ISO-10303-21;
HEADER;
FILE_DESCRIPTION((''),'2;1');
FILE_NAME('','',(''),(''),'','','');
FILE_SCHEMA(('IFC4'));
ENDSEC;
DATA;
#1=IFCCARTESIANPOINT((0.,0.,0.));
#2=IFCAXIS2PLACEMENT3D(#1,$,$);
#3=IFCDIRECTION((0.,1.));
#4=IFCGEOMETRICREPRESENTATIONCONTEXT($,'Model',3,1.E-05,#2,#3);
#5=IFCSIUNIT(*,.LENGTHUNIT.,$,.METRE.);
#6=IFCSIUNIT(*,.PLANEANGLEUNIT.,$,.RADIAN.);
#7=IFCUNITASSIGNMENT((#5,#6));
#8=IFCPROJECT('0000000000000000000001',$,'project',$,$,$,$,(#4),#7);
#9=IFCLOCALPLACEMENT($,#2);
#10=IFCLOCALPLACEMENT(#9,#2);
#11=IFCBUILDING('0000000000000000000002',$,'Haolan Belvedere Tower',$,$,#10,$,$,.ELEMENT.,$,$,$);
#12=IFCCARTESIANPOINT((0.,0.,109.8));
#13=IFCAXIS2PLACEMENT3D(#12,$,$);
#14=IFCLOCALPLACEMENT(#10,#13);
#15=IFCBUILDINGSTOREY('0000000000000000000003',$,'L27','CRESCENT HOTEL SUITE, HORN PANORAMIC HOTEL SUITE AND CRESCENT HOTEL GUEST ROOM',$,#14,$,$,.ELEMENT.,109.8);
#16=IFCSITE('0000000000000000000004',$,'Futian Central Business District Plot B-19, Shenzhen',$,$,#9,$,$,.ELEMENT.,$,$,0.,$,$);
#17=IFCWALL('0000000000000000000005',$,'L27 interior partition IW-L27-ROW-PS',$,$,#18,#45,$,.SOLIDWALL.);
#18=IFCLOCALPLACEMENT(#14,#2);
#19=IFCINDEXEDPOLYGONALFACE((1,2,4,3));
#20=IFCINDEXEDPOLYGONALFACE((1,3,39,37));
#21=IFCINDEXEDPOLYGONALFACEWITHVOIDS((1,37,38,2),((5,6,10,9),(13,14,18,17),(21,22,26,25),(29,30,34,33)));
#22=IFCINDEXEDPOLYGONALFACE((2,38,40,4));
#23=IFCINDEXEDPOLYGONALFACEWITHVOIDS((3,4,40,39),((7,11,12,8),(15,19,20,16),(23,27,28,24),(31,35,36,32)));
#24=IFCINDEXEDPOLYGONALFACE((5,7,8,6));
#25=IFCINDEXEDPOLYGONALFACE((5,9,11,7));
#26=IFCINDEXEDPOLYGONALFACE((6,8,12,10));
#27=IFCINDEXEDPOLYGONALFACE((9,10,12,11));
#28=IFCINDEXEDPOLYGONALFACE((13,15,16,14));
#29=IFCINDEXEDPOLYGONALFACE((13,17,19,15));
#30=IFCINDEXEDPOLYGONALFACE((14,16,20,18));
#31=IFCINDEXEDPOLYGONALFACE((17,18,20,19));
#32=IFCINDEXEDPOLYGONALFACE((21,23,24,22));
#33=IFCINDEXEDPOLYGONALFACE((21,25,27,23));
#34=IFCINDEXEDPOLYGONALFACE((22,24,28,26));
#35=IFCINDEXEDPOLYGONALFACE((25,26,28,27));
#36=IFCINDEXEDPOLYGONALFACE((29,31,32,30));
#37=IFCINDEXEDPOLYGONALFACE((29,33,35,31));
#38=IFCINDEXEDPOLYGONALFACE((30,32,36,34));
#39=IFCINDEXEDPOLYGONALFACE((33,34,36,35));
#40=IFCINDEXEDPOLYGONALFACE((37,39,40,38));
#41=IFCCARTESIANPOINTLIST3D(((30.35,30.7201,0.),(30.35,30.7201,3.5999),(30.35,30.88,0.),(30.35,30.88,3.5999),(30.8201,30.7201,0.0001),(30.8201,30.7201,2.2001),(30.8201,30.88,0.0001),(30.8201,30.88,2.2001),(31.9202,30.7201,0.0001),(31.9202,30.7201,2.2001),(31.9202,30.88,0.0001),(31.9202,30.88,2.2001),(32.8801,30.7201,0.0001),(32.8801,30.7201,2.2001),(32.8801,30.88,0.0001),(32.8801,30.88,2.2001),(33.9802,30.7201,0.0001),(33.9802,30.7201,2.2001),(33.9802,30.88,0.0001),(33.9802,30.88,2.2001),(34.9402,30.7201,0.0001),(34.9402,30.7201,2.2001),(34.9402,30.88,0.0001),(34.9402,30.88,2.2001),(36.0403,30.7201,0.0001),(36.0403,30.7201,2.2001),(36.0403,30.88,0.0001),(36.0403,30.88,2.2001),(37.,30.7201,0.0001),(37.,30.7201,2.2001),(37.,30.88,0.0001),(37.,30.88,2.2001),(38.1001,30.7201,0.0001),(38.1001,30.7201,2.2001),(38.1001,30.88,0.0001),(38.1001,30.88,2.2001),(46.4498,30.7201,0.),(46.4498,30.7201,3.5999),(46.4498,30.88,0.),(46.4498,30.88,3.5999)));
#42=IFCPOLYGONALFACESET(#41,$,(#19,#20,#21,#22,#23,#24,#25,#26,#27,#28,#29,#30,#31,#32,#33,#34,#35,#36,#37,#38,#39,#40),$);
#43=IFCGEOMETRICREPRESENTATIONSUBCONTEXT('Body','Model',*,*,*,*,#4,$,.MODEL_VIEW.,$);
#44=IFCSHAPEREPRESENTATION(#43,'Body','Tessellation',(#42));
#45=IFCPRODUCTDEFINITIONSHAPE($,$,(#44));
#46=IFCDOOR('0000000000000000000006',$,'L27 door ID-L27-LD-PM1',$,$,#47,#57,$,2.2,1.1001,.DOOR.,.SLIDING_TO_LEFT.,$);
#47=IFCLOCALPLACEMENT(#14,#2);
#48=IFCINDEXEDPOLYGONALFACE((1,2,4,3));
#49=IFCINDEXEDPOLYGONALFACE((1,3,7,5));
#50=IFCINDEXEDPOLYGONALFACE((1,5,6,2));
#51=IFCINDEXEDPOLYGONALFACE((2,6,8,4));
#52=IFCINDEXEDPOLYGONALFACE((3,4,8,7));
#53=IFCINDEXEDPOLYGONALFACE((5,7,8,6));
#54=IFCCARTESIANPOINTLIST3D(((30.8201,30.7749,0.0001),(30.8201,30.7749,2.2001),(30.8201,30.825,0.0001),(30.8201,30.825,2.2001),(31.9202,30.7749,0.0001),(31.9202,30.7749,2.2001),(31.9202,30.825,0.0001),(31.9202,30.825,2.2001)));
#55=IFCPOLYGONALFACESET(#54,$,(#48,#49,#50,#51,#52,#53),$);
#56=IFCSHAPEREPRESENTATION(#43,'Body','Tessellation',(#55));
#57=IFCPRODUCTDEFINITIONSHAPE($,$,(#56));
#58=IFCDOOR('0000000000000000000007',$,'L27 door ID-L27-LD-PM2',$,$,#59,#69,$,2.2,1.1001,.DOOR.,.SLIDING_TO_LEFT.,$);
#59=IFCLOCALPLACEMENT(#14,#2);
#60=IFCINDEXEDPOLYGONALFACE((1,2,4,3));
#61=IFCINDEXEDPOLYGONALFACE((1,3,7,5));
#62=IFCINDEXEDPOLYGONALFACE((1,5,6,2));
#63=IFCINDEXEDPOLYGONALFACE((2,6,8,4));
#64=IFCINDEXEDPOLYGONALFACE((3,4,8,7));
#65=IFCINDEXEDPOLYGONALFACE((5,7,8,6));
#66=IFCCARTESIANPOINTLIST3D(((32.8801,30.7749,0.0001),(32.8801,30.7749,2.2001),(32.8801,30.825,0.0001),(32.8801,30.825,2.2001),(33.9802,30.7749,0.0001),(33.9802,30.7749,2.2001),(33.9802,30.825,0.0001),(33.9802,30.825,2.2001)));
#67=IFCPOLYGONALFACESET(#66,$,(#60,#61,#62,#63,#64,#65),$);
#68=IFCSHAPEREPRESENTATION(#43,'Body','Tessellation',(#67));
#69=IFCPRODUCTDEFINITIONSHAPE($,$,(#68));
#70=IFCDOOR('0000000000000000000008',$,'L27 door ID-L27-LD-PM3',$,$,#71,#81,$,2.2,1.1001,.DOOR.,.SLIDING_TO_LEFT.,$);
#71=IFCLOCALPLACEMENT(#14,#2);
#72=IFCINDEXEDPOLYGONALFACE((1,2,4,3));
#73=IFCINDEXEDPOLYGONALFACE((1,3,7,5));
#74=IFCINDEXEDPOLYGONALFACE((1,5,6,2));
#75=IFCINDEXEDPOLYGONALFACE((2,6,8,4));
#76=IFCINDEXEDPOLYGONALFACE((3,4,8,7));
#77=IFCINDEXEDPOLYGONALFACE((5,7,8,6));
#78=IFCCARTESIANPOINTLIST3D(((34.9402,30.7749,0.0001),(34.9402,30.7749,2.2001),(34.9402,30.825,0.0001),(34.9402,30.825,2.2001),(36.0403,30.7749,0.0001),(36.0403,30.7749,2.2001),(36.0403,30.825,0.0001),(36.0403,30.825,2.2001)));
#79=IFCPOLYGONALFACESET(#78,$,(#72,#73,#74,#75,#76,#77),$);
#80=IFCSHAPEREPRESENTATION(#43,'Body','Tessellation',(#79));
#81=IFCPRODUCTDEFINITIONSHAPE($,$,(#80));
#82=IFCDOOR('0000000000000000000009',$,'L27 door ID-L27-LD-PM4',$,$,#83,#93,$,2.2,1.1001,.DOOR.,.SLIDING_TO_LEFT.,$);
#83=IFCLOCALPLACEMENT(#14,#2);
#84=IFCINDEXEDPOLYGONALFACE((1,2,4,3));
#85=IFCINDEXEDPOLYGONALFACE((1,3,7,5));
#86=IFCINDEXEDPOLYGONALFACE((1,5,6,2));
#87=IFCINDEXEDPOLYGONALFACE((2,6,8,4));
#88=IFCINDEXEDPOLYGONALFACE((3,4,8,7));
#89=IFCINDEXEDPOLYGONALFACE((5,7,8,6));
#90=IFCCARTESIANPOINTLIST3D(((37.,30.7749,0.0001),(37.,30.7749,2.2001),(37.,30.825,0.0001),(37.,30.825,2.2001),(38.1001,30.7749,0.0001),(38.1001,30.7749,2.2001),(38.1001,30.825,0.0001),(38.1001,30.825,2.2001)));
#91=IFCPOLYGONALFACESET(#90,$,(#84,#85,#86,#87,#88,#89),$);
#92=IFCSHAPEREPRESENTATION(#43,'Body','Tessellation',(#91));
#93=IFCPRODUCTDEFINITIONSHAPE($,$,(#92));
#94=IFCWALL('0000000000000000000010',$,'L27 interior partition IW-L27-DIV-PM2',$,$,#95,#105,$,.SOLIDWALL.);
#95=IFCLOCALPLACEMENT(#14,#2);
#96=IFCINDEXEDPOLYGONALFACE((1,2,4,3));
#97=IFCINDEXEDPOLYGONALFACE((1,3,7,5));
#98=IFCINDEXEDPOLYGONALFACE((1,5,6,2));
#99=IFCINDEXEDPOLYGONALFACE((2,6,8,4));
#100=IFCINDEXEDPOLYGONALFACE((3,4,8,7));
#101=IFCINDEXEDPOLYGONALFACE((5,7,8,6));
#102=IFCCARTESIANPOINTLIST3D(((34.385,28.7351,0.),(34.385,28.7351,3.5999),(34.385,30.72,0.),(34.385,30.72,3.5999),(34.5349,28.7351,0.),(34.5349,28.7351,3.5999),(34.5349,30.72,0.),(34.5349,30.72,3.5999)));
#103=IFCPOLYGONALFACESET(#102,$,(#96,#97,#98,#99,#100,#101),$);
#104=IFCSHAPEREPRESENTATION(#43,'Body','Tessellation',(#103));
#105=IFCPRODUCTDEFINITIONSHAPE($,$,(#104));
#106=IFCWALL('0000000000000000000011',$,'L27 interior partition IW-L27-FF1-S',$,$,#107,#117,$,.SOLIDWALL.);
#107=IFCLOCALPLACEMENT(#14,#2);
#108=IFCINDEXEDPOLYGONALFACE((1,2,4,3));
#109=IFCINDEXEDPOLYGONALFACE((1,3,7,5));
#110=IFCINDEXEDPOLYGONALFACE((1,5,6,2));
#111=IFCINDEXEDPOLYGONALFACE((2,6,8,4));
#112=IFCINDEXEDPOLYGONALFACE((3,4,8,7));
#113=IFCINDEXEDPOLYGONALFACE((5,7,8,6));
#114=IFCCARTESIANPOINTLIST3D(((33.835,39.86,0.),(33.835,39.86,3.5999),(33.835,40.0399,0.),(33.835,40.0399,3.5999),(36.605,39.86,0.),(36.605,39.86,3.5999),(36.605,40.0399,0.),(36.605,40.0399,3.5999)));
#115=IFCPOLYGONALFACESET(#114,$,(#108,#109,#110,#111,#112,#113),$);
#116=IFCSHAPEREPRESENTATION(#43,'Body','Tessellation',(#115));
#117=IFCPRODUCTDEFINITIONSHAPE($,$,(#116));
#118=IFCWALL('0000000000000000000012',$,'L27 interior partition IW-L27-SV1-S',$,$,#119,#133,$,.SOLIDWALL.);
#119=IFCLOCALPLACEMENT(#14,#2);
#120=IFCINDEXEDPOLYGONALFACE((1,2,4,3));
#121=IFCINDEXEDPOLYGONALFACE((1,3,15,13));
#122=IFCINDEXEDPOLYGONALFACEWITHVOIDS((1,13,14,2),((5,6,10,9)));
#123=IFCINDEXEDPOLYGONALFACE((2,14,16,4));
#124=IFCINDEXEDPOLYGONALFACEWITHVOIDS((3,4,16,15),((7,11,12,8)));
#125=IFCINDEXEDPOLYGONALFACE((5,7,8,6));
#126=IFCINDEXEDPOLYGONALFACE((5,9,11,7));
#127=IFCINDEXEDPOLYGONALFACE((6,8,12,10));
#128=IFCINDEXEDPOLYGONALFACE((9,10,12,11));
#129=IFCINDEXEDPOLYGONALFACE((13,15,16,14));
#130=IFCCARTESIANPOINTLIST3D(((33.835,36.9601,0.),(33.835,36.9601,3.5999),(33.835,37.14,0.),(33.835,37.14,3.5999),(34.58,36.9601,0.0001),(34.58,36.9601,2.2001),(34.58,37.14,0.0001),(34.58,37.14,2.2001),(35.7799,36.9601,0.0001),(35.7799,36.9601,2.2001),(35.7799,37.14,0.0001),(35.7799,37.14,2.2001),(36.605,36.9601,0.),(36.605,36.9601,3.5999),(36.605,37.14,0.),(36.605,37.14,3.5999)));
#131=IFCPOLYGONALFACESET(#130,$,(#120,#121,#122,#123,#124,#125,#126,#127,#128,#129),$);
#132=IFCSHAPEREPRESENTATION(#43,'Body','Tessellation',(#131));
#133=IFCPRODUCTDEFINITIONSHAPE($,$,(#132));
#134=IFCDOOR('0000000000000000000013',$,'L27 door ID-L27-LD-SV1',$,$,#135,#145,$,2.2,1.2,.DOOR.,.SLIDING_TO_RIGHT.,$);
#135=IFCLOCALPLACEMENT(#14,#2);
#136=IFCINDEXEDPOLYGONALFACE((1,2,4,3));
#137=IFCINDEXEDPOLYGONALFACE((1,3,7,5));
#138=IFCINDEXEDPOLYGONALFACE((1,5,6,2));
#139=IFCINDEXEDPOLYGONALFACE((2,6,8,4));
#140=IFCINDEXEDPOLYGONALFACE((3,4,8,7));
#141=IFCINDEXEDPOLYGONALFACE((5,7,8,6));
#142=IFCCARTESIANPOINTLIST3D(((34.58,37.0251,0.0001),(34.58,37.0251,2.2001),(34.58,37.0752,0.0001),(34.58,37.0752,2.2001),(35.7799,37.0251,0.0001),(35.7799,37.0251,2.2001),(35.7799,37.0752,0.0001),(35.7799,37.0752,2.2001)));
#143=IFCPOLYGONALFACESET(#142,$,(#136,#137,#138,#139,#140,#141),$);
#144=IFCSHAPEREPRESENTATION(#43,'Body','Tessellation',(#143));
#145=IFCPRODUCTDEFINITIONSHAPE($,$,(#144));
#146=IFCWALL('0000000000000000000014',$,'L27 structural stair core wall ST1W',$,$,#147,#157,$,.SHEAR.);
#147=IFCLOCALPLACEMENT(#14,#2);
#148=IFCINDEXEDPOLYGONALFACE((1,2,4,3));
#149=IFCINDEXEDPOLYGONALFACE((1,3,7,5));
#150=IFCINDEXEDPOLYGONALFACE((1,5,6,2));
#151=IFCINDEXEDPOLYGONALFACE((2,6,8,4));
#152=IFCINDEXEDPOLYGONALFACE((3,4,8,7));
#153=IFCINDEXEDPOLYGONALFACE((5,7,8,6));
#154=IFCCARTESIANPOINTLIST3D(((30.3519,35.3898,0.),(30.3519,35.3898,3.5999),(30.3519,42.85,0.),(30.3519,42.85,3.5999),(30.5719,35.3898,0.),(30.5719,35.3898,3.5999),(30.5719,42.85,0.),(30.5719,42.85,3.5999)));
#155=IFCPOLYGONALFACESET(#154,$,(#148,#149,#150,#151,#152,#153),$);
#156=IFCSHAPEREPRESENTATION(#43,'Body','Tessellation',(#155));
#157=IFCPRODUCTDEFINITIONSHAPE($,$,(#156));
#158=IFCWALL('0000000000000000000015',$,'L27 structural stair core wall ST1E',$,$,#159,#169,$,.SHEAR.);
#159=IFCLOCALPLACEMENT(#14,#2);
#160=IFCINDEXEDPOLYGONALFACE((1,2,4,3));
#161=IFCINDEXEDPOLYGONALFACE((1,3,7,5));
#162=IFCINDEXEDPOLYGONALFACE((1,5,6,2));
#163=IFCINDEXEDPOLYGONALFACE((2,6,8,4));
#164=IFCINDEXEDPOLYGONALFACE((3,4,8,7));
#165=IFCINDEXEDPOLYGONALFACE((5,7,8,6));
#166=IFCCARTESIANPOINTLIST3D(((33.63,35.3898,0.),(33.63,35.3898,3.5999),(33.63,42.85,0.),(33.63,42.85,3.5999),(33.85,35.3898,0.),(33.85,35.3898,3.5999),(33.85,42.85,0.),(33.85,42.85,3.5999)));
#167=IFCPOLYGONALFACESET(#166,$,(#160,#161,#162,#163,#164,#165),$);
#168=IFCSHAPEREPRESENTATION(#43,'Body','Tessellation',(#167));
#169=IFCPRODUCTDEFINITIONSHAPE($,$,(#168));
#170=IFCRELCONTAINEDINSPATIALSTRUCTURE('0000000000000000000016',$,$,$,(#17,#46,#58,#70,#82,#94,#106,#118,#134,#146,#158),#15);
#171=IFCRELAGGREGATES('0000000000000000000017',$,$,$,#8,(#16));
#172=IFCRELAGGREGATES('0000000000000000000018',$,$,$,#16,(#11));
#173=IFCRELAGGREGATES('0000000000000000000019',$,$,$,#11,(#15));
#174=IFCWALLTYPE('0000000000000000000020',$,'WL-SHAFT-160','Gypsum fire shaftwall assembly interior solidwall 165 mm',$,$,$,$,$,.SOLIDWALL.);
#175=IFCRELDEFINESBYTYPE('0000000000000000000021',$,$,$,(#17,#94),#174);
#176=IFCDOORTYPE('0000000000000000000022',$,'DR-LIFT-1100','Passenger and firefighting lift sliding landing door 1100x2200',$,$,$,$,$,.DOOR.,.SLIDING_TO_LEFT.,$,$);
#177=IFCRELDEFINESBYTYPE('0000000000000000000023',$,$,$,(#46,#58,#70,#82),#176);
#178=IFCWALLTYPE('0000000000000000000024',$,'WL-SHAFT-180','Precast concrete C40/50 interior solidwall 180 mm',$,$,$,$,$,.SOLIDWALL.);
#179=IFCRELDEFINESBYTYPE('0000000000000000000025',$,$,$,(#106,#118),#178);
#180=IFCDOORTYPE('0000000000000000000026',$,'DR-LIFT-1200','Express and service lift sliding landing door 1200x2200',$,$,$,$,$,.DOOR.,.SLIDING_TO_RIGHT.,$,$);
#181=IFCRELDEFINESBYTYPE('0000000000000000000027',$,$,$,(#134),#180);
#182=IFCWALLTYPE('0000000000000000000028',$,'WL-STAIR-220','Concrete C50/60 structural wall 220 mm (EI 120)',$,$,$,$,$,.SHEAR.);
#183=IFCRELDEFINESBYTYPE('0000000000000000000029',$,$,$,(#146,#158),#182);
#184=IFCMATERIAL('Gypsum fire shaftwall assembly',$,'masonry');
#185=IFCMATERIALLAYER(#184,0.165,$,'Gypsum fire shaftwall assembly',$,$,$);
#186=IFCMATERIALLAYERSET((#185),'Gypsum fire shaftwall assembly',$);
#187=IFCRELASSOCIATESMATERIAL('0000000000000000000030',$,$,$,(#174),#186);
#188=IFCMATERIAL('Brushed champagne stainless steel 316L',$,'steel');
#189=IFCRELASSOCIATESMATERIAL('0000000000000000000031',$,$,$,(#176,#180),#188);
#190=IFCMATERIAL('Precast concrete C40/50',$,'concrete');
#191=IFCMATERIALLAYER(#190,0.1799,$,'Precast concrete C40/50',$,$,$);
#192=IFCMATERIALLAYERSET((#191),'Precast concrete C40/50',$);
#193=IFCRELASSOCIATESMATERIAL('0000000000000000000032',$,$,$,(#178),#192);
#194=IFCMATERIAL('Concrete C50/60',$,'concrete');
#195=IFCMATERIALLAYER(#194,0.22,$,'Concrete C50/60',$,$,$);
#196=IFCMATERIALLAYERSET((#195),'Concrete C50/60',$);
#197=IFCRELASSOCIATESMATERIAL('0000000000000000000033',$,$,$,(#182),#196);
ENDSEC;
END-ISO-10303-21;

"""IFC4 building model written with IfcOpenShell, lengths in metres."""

from ifc_helpers import new_model, si_unit, direction, frame, frame_2d, origin, place, context, subcontext, project, spatial, rectangle, extrude, material, layer, layer_set, type_object, element, fill, save


model = new_model("IFC4")

# Units and contexts
model_context = context("Model", 3, precision=1e-05, world=origin(), true_north=direction((0.0, 1.0)))
body_context = subcontext(model_context, "Body", "Model", "MODEL_VIEW")
ifc_project = project(units=[si_unit("LENGTHUNIT", "METRE"), si_unit("PLANEANGLEUNIT", "RADIAN")], contexts=[model_context])

# Site, building, storey
site_placement = place(None, origin())
site = spatial("IfcSite", under=ifc_project, at=site_placement, Name="Futian Central Business District Plot B-19, Shenzhen", CompositionType="ELEMENT", RefElevation=0.0)
building_placement = place(site_placement, origin())
building = spatial("IfcBuilding", under=site, at=building_placement, Name="Haolan Belvedere Tower", CompositionType="ELEMENT")
storey_placement = place(building_placement, frame((0.0, 0.0, 109.8)))
storey = spatial("IfcBuildingStorey", under=building, at=storey_placement, Name="L27", Description="CRESCENT HOTEL SUITE, HORN PANORAMIC HOTEL SUITE AND CRESCENT HOTEL GUEST ROOM", CompositionType="ELEMENT", Elevation=109.8)

# Shared definitions
ifc_material_1 = material(Name="Gypsum fire shaftwall assembly", Category="masonry")
ifc_layer_1 = layer(ifc_material_1, 0.165, Name="Gypsum fire shaftwall assembly")
ifc_layer_set_1 = layer_set([ifc_layer_1], Name="Gypsum fire shaftwall assembly")
wall_type_1 = type_object("IfcWallType", Name="WL-SHAFT-160", Description="Gypsum fire shaftwall assembly interior solidwall 165 mm", PredefinedType="SOLIDWALL", material=ifc_layer_set_1)

# Wall, openings, doors
wall_1_placement = place(storey_placement, frame((30.3501, 30.8, 0.0), z_axis=(0.0, 0.0, 1.0), x_axis=(1.0, 0.0, 0.0)))
wall_1 = element("IfcWall", 1, at=wall_1_placement, inside=storey, type_object=wall_type_1, Name="L27 interior partition IW-L27-ROW-PS", PredefinedType="SOLIDWALL", context=body_context, shape_type="SweptSolid", body=[
    extrude(rectangle(XDim=16.0999, YDim=0.1599, at=frame_2d((8.0498, 0.0))), origin(), (0.0, 0.0, 1.0), 3.5999),
])
opening_1_placement = place(wall_1_placement, frame((0.47, 0.0, 0.0)))
opening_1 = element("IfcOpeningElement", 2, at=opening_1_placement, cuts=wall_1, PredefinedType="OPENING", context=body_context, shape_type="SweptSolid", body=[
    extrude(rectangle(XDim=1.1001, YDim=2.2, at=frame_2d((0.55, 1.1001))), frame((0.0, 0.0898, 0.0), z_axis=(0.0, -1.0, 0.0), x_axis=(1.0, 0.0, 0.0)), (0.0, 0.0, 1.0), 0.1799),
])
opening_2_placement = place(wall_1_placement, frame((2.53, 0.0, 0.0)))
opening_2 = element("IfcOpeningElement", 3, at=opening_2_placement, cuts=wall_1, PredefinedType="OPENING", context=body_context, shape_type="SweptSolid", body=[
    extrude(rectangle(XDim=1.1001, YDim=2.2, at=frame_2d((0.55, 1.1001))), frame((0.0, 0.0898, 0.0), z_axis=(0.0, -1.0, 0.0), x_axis=(1.0, 0.0, 0.0)), (0.0, 0.0, 1.0), 0.1799),
])
opening_3_placement = place(wall_1_placement, frame((4.5901, 0.0, 0.0)))
opening_3 = element("IfcOpeningElement", 4, at=opening_3_placement, cuts=wall_1, PredefinedType="OPENING", context=body_context, shape_type="SweptSolid", body=[
    extrude(rectangle(XDim=1.1001, YDim=2.2, at=frame_2d((0.55, 1.1001))), frame((0.0, 0.0898, 0.0), z_axis=(0.0, -1.0, 0.0), x_axis=(1.0, 0.0, 0.0)), (0.0, 0.0, 1.0), 0.1799),
])
opening_4_placement = place(wall_1_placement, frame((6.6499, 0.0, 0.0)))
opening_4 = element("IfcOpeningElement", 5, at=opening_4_placement, cuts=wall_1, PredefinedType="OPENING", context=body_context, shape_type="SweptSolid", body=[
    extrude(rectangle(XDim=1.1001, YDim=2.2, at=frame_2d((0.55, 1.1001))), frame((0.0, 0.0898, 0.0), z_axis=(0.0, -1.0, 0.0), x_axis=(1.0, 0.0, 0.0)), (0.0, 0.0, 1.0), 0.1799),
])
ifc_material_2 = material(Name="Brushed champagne stainless steel 316L", Category="steel")
door_type_1 = type_object("IfcDoorType", Name="DR-LIFT-1100", Description="Passenger and firefighting lift sliding landing door 1100x2200", OperationType="SLIDING_TO_LEFT", PredefinedType="DOOR", material=ifc_material_2)
door_1_placement = place(opening_1_placement, origin())
door_1 = element("IfcDoor", 6, at=door_1_placement, inside=storey, type_object=door_type_1, Name="L27 door ID-L27-LD-PM1", OperationType="SLIDING_TO_LEFT", OverallHeight=2.2, OverallWidth=1.1001, PredefinedType="DOOR", context=body_context, shape_type="SweptSolid", body=[
    extrude(rectangle(XDim=1.1001, YDim=2.2, at=frame_2d((0.55, 1.1001))), frame((0.0, 0.0249, 0.0), z_axis=(0.0, -1.0, 0.0), x_axis=(1.0, 0.0, 0.0)), (0.0, 0.0, 1.0), 0.05),
])
fill(opening_1, door_1)
door_2_placement = place(opening_2_placement, origin())
door_2 = element("IfcDoor", 7, at=door_2_placement, inside=storey, type_object=door_type_1, Name="L27 door ID-L27-LD-PM2", OperationType="SLIDING_TO_LEFT", OverallHeight=2.2, OverallWidth=1.1001, PredefinedType="DOOR", context=body_context, shape_type="SweptSolid", body=[
    extrude(rectangle(XDim=1.1001, YDim=2.2, at=frame_2d((0.55, 1.1001))), frame((0.0, 0.0249, 0.0), z_axis=(0.0, -1.0, 0.0), x_axis=(1.0, 0.0, 0.0)), (0.0, 0.0, 1.0), 0.05),
])
fill(opening_2, door_2)
door_3_placement = place(opening_3_placement, origin())
door_3 = element("IfcDoor", 8, at=door_3_placement, inside=storey, type_object=door_type_1, Name="L27 door ID-L27-LD-PM3", OperationType="SLIDING_TO_LEFT", OverallHeight=2.2, OverallWidth=1.1001, PredefinedType="DOOR", context=body_context, shape_type="SweptSolid", body=[
    extrude(rectangle(XDim=1.1001, YDim=2.2, at=frame_2d((0.55, 1.1001))), frame((0.0, 0.0249, 0.0), z_axis=(0.0, -1.0, 0.0), x_axis=(1.0, 0.0, 0.0)), (0.0, 0.0, 1.0), 0.05),
])
fill(opening_3, door_3)
door_4_placement = place(opening_4_placement, origin())
door_4 = element("IfcDoor", 9, at=door_4_placement, inside=storey, type_object=door_type_1, Name="L27 door ID-L27-LD-PM4", OperationType="SLIDING_TO_LEFT", OverallHeight=2.2, OverallWidth=1.1001, PredefinedType="DOOR", context=body_context, shape_type="SweptSolid", body=[
    extrude(rectangle(XDim=1.1001, YDim=2.2, at=frame_2d((0.55, 1.1001))), frame((0.0, 0.0249, 0.0), z_axis=(0.0, -1.0, 0.0), x_axis=(1.0, 0.0, 0.0)), (0.0, 0.0, 1.0), 0.05),
])
fill(opening_4, door_4)

# Walls
wall_2_placement = place(storey_placement, frame((34.46, 28.7351, 0.0), z_axis=(0.0, 0.0, 1.0), x_axis=(0.0, 1.0, 0.0)))
element("IfcWall", 10, at=wall_2_placement, inside=storey, type_object=wall_type_1, Name="L27 interior partition IW-L27-DIV-PM2", PredefinedType="SOLIDWALL", context=body_context, shape_type="SweptSolid", body=[
    extrude(rectangle(XDim=1.9849, YDim=0.1499, at=frame_2d((0.9924, 0.0))), origin(), (0.0, 0.0, 1.0), 3.5999),
])
ifc_material_3 = material(Name="Precast concrete C40/50", Category="concrete")
ifc_layer_2 = layer(ifc_material_3, 0.1799, Name="Precast concrete C40/50")
ifc_layer_set_2 = layer_set([ifc_layer_2], Name="Precast concrete C40/50")
wall_type_2 = type_object("IfcWallType", Name="WL-SHAFT-180", Description="Precast concrete C40/50 interior solidwall 180 mm", PredefinedType="SOLIDWALL", material=ifc_layer_set_2)
wall_3_placement = place(storey_placement, frame((33.835, 39.95, 0.0), z_axis=(0.0, 0.0, 1.0), x_axis=(1.0, 0.0, 0.0)))
element("IfcWall", 11, at=wall_3_placement, inside=storey, type_object=wall_type_2, Name="L27 interior partition IW-L27-FF1-S", PredefinedType="SOLIDWALL", context=body_context, shape_type="SweptSolid", body=[
    extrude(rectangle(XDim=2.77, YDim=0.1799, at=frame_2d((1.385, 0.0))), origin(), (0.0, 0.0, 1.0), 3.5999),
])

# Wall, opening, door
wall_4_placement = place(storey_placement, frame((33.835, 37.05, 0.0), z_axis=(0.0, 0.0, 1.0), x_axis=(1.0, 0.0, 0.0)))
wall_4 = element("IfcWall", 12, at=wall_4_placement, inside=storey, type_object=wall_type_2, Name="L27 interior partition IW-L27-SV1-S", PredefinedType="SOLIDWALL", context=body_context, shape_type="SweptSolid", body=[
    extrude(rectangle(XDim=2.77, YDim=0.1799, at=frame_2d((1.385, 0.0))), origin(), (0.0, 0.0, 1.0), 3.5999),
])
opening_5_placement = place(wall_4_placement, frame((1.9451, 0.0, 0.0), z_axis=(0.0, 0.0, 1.0), x_axis=(-1.0, 0.0, 0.0)))
opening_5 = element("IfcOpeningElement", 13, at=opening_5_placement, cuts=wall_4, PredefinedType="OPENING", context=body_context, shape_type="SweptSolid", body=[
    extrude(rectangle(XDim=1.2, YDim=2.2, at=frame_2d((0.6001, 1.1001))), frame((0.0, 0.0999, 0.0), z_axis=(0.0, -1.0, 0.0), x_axis=(1.0, 0.0, 0.0)), (0.0, 0.0, 1.0), 0.2),
])
door_type_2 = type_object("IfcDoorType", Name="DR-LIFT-1200", Description="Express and service lift sliding landing door 1200x2200", OperationType="SLIDING_TO_RIGHT", PredefinedType="DOOR", material=ifc_material_2)
door_5_placement = place(opening_5_placement, origin())
door_5 = element("IfcDoor", 14, at=door_5_placement, inside=storey, type_object=door_type_2, Name="L27 door ID-L27-LD-SV1", OperationType="SLIDING_TO_RIGHT", OverallHeight=2.2, OverallWidth=1.2, PredefinedType="DOOR", context=body_context, shape_type="SweptSolid", body=[
    extrude(rectangle(XDim=1.2, YDim=2.2, at=frame_2d((0.6001, 1.1001))), frame((0.0, 0.0249, 0.0), z_axis=(0.0, -1.0, 0.0), x_axis=(1.0, 0.0, 0.0)), (0.0, 0.0, 1.0), 0.05),
])
fill(opening_5, door_5)

# Walls
ifc_material_4 = material(Name="Concrete C50/60", Category="concrete")
ifc_layer_3 = layer(ifc_material_4, 0.22, Name="Concrete C50/60")
ifc_layer_set_3 = layer_set([ifc_layer_3], Name="Concrete C50/60")
wall_type_3 = type_object("IfcWallType", Name="WL-STAIR-220", Description="Concrete C50/60 structural wall 220 mm (EI 120)", PredefinedType="SHEAR", material=ifc_layer_set_3)
for number, where, z_axis, x_axis, name in (
    (15, (30.4619, 35.3899, 0.0), (0.0, 0.0, 1.0), (0.0, 1.0, 0.0), "L27 structural stair core wall ST1W"),
    (16, (33.74, 35.3899, 0.0), (0.0, 0.0, 1.0), (0.0, 1.0, 0.0), "L27 structural stair core wall ST1E"),
):
    element("IfcWall", number, at=place(storey_placement, frame(where, z_axis=z_axis, x_axis=x_axis)), inside=storey, type_object=wall_type_3, Name=name, PredefinedType="SHEAR", context=body_context, shape_type="SweptSolid", body=[
        extrude(rectangle(XDim=7.4602, YDim=0.22, at=frame_2d((3.73, 0.0))), origin(), (0.0, 0.0, 1.0), 3.5999),
    ])

save(model, "model.ifc")
